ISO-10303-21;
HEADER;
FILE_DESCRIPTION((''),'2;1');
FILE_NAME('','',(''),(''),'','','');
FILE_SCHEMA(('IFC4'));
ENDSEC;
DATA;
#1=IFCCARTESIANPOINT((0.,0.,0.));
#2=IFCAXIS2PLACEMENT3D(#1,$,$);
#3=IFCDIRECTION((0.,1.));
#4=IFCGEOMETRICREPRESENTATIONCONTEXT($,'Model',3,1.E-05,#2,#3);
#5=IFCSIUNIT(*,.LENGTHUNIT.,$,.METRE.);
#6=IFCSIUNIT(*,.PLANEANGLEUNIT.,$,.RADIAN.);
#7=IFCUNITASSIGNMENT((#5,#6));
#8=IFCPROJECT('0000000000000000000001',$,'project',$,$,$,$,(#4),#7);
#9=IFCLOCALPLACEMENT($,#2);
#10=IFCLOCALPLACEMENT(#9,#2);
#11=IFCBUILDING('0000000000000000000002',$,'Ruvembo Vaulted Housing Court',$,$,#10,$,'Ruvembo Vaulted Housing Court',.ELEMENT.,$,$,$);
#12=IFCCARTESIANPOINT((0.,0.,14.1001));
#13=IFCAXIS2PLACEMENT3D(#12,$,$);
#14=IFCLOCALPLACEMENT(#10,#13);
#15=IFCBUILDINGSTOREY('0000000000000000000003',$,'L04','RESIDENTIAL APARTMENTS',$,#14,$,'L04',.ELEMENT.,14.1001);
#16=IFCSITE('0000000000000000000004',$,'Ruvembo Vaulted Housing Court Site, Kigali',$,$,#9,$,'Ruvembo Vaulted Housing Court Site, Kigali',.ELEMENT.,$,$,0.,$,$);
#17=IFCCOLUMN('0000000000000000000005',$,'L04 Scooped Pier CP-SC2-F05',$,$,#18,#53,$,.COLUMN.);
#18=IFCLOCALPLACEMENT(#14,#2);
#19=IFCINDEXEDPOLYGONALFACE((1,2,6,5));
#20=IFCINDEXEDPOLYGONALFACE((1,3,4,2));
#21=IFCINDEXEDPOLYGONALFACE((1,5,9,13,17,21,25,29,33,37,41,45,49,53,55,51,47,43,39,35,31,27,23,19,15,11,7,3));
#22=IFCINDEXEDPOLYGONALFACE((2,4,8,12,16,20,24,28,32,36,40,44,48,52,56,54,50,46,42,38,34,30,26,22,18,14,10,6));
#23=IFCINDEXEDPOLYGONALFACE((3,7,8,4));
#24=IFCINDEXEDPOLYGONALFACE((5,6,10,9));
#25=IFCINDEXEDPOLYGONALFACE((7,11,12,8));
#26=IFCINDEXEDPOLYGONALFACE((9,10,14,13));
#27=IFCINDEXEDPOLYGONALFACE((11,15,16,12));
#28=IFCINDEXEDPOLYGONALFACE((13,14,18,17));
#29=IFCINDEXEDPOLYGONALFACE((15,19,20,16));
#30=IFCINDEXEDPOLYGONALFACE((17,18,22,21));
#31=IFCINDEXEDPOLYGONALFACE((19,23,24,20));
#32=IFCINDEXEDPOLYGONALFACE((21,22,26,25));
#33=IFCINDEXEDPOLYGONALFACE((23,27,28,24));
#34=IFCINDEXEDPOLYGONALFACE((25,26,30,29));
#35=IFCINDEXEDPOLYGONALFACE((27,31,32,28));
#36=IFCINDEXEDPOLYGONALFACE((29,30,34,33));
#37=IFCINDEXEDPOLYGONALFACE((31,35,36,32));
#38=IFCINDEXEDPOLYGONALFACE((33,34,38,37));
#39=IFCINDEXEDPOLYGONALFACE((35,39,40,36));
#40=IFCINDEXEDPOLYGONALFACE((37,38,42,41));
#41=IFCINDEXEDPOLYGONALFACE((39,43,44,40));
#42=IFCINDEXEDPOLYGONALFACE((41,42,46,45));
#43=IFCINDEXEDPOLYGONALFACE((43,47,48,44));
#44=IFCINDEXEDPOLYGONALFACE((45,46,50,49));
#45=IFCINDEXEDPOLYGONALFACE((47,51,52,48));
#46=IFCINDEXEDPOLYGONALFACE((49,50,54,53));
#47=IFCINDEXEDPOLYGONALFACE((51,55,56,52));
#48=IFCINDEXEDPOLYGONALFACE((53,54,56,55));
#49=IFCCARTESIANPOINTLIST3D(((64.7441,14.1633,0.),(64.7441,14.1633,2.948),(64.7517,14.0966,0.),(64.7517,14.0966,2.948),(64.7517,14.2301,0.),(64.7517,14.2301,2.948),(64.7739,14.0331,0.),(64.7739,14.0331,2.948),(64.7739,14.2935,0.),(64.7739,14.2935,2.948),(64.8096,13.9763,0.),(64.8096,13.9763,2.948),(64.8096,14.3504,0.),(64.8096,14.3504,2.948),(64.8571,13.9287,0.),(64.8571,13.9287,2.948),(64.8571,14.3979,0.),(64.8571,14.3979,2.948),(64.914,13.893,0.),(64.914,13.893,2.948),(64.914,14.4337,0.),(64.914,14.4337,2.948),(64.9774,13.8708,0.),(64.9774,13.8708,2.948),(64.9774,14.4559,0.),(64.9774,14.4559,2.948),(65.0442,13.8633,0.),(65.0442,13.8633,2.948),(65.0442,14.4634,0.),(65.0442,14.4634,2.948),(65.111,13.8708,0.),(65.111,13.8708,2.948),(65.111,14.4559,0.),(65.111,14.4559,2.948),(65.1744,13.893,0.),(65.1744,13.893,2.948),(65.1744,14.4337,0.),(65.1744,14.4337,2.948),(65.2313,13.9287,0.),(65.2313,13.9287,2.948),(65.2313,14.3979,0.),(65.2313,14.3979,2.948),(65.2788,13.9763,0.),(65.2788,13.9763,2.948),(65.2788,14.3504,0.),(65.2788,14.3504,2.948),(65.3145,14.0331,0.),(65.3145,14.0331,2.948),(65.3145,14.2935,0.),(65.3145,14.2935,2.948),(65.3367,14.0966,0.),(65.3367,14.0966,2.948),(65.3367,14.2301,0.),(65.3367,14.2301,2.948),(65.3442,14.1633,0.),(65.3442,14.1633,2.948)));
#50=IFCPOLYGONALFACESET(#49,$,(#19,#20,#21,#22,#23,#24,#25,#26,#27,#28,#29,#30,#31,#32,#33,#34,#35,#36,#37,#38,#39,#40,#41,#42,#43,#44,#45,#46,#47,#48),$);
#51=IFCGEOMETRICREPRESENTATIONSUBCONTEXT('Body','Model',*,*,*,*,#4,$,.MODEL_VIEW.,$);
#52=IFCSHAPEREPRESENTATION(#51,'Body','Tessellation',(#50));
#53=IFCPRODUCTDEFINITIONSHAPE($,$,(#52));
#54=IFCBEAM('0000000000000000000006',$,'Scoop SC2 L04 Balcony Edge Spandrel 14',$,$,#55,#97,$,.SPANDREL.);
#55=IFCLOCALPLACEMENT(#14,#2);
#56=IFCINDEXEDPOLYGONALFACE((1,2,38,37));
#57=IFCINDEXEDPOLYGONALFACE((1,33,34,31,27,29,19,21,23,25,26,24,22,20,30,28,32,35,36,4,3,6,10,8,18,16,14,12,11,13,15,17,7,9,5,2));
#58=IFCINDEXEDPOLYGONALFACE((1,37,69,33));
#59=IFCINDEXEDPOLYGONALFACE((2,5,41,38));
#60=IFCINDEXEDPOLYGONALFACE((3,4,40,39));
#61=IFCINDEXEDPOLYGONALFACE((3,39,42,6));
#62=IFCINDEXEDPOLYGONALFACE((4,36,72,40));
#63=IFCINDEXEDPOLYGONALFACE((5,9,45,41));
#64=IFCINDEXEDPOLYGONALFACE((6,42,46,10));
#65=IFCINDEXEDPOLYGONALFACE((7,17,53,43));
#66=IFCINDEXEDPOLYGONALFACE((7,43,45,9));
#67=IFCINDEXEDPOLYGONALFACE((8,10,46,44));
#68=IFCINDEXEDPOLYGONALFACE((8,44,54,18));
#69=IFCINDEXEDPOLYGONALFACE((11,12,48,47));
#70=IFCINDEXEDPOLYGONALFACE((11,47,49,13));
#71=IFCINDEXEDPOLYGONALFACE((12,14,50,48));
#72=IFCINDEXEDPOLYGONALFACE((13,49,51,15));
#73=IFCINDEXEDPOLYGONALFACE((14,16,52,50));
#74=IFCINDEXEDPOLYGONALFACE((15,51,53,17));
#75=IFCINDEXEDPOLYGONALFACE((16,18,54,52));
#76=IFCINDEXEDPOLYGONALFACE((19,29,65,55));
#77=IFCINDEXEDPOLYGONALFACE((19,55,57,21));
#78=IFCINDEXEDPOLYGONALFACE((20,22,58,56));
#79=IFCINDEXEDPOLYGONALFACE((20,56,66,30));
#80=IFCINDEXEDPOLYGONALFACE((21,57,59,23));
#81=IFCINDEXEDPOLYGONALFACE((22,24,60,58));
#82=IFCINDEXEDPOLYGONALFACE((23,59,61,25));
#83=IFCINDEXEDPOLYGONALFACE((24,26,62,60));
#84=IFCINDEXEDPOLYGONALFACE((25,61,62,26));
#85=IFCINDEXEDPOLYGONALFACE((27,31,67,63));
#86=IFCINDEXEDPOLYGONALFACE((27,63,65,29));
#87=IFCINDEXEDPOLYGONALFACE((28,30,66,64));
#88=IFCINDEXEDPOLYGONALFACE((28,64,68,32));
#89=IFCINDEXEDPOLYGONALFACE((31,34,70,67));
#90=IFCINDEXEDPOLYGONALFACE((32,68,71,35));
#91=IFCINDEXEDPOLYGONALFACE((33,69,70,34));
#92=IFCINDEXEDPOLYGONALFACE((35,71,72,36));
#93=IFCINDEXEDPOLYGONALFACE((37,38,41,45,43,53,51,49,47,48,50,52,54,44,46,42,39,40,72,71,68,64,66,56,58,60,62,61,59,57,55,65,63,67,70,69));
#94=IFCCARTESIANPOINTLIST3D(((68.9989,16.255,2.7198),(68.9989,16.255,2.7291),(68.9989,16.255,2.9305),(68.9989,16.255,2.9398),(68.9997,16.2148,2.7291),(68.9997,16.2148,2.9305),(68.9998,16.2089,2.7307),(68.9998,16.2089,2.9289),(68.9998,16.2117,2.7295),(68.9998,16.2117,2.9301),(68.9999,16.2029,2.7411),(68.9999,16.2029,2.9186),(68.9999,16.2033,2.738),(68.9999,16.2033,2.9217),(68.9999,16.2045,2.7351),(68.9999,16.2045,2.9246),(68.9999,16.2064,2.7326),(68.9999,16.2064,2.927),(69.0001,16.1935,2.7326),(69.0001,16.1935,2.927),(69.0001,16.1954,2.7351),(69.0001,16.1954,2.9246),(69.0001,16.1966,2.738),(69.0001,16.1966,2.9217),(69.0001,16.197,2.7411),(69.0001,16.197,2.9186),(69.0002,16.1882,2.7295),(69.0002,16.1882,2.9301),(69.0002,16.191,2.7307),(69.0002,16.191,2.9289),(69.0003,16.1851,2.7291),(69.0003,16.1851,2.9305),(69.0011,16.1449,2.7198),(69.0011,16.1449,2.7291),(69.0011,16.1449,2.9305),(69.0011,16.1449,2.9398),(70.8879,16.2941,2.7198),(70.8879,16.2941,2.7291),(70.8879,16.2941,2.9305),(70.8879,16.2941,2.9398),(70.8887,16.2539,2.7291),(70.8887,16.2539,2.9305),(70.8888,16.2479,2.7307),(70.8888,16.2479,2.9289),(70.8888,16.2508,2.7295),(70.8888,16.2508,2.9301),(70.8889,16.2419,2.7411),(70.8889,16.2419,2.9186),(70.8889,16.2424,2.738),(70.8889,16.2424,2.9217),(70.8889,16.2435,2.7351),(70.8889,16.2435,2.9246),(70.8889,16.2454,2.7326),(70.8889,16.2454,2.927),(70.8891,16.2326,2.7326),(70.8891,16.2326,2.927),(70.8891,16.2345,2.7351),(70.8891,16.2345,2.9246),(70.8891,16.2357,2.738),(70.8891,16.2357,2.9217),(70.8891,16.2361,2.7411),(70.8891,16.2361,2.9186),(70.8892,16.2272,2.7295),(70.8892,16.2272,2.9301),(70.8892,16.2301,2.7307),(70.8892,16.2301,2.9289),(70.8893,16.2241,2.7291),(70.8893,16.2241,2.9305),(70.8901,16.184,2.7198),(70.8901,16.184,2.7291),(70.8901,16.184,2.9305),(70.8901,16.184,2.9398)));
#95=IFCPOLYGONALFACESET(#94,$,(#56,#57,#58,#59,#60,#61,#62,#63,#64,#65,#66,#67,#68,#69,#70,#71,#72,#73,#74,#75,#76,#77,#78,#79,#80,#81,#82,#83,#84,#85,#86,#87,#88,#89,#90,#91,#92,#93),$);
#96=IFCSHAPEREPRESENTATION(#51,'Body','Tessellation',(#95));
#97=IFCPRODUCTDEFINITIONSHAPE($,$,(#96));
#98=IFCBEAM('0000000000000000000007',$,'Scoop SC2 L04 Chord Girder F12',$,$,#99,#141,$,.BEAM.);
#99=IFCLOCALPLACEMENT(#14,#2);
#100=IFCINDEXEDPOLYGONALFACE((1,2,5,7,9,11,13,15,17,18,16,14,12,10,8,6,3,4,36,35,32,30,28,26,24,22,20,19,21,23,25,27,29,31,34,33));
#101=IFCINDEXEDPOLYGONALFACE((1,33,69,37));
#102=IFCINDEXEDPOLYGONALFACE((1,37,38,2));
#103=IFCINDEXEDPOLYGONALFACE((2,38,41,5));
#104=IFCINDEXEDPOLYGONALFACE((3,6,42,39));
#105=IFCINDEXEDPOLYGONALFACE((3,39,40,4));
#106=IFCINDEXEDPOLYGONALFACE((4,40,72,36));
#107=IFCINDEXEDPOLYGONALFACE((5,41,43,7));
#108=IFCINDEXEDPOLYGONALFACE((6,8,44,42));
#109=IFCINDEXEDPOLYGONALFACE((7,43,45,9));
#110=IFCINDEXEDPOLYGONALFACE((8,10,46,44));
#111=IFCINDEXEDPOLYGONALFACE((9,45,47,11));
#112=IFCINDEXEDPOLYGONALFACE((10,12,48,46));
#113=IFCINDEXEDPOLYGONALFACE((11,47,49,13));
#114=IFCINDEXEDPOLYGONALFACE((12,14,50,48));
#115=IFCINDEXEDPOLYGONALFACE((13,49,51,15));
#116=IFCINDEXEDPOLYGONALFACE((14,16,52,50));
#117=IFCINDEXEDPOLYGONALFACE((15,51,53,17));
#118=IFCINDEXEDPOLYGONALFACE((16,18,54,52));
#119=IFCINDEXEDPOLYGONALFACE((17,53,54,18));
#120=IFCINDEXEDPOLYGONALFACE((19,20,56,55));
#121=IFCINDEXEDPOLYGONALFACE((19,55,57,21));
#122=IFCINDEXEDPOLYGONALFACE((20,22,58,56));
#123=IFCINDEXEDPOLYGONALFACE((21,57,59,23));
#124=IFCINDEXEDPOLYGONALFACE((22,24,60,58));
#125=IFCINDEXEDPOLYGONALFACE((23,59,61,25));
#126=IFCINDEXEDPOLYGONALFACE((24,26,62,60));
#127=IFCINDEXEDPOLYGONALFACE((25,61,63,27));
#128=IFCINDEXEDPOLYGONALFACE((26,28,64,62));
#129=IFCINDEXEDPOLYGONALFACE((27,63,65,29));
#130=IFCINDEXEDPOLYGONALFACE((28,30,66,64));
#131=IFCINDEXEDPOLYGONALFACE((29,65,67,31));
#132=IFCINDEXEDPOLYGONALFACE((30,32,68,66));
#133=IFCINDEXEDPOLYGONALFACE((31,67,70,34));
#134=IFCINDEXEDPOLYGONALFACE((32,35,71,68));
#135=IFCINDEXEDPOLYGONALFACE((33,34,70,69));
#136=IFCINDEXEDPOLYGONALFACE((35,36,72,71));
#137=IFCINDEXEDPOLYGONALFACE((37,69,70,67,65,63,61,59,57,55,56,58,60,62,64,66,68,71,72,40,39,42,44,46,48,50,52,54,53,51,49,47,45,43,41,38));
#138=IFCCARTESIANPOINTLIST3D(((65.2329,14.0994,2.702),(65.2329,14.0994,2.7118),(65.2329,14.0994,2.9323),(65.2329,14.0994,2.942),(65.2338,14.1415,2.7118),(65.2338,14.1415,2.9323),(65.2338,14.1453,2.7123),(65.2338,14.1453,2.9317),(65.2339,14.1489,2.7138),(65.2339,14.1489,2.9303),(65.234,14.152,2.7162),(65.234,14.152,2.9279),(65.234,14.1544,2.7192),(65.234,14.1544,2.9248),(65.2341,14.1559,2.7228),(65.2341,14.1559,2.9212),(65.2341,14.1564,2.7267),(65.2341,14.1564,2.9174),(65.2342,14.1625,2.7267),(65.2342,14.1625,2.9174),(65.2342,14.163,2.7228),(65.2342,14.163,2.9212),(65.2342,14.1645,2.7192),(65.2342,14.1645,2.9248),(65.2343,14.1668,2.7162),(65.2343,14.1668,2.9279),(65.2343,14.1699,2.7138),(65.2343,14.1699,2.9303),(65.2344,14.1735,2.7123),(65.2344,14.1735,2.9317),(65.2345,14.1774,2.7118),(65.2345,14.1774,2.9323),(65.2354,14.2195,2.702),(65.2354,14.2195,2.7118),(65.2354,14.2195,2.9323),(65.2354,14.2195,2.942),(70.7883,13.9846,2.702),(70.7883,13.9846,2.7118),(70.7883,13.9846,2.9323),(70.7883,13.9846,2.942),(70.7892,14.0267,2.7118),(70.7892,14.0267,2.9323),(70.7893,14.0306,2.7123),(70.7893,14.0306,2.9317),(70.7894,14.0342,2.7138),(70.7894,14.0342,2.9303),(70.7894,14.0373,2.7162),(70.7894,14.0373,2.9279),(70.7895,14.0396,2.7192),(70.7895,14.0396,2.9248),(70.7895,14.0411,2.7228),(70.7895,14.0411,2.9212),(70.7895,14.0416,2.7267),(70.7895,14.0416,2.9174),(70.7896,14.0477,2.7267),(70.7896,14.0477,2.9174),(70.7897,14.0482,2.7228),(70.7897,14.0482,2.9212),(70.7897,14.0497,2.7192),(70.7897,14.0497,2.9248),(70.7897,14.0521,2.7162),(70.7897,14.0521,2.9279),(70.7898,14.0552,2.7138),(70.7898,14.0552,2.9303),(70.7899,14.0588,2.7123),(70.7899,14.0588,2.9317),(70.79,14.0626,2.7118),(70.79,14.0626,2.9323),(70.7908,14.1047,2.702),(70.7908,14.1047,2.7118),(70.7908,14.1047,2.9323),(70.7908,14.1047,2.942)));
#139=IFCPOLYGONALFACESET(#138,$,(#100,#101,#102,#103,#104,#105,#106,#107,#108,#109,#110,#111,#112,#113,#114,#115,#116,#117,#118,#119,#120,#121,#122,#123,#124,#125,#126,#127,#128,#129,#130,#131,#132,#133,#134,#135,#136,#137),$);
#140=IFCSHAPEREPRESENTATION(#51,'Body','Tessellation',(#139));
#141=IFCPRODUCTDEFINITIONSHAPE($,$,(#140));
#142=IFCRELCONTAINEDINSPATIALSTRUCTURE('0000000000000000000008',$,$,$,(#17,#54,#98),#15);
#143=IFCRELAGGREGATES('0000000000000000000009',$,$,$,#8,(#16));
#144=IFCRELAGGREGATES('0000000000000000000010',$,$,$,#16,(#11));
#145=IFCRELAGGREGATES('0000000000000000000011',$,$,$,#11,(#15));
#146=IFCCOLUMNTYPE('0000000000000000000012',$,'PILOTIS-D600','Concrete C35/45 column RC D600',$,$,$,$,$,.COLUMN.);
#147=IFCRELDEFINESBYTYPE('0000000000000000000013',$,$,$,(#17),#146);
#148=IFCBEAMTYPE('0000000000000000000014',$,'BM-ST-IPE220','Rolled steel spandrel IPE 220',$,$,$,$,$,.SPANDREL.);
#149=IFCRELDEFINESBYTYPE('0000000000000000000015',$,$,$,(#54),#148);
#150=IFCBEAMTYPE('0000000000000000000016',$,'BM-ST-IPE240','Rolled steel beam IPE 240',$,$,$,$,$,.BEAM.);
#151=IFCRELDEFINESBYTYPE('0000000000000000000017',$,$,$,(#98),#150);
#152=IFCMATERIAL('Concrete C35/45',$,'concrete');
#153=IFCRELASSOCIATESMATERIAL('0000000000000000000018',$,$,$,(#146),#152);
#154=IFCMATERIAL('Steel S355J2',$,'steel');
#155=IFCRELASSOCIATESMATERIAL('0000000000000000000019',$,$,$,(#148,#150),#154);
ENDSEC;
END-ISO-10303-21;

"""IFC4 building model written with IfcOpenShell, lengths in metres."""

from ifc_helpers import new_model, si_unit, direction, frame, origin, origin_2d, place, context, subcontext, project, spatial, circle, i_section, extrude, material, material_profile, profile_set, type_object, element, save


model = new_model("IFC4")

# Units and contexts
model_context = context("Model", 3, precision=1e-05, world=origin(), true_north=direction((0.0, 1.0)))
body_context = subcontext(model_context, "Body", "Model", "MODEL_VIEW")
ifc_project = project(units=[si_unit("LENGTHUNIT", "METRE"), si_unit("PLANEANGLEUNIT", "RADIAN")], contexts=[model_context])

# Site, building, storey
site_placement = place(None, origin())
site = spatial("IfcSite", under=ifc_project, at=site_placement, Name="Ruvembo Vaulted Housing Court Site, Kigali", LongName="Ruvembo Vaulted Housing Court Site, Kigali", CompositionType="ELEMENT", RefElevation=0.0)
building_placement = place(site_placement, origin())
building = spatial("IfcBuilding", under=site, at=building_placement, Name="Ruvembo Vaulted Housing Court", LongName="Ruvembo Vaulted Housing Court", CompositionType="ELEMENT")
storey_placement = place(building_placement, frame((0.0, 0.0, 14.1001)))
storey = spatial("IfcBuildingStorey", under=building, at=storey_placement, Name="L04", Description="RESIDENTIAL APARTMENTS", LongName="L04", CompositionType="ELEMENT", Elevation=14.1001)

# Column
ifc_material_1 = material(Name="Concrete C35/45", Category="concrete")
ifc_material_profile_1 = material_profile(ifc_material_1, circle(Radius=0.3, at=origin_2d()), Name="RC D600")
ifc_profile_set_1 = profile_set([ifc_material_profile_1], Name="Concrete C35/45")
column_type = type_object("IfcColumnType", Name="PILOTIS-D600", Description="Concrete C35/45 column RC D600", PredefinedType="COLUMN", material=ifc_profile_set_1)
column_placement = place(storey_placement, frame((65.0442, 14.1633, 0.0), z_axis=(0.0, 0.0, 1.0), x_axis=(1.0, 0.0, 0.0)))
element("IfcColumn", 1, at=column_placement, inside=storey, type_object=column_type, Name="L04 Scooped Pier CP-SC2-F05", PredefinedType="COLUMN", context=body_context, shape_type="SweptSolid", body=[
    extrude(circle(Radius=0.3, at=origin_2d()), origin(), (0.0, 0.0, 1.0), 2.948),
])

# Beams
ifc_material_2 = material(Name="Steel S355J2", Category="steel")
ifc_material_profile_2 = material_profile(ifc_material_2, i_section(OverallWidth=0.1101, OverallDepth=0.22, WebThickness=0.0059, FlangeThickness=0.0093, FilletRadius=0.012, at=origin_2d()), Name="IPE 220")
ifc_profile_set_2 = profile_set([ifc_material_profile_2], Name="Steel S355J2")
beam_type_1 = type_object("IfcBeamType", Name="BM-ST-IPE220", Description="Rolled steel spandrel IPE 220", PredefinedType="SPANDREL", material=ifc_profile_set_2)
beam_1_placement = place(storey_placement, frame((69.0, 16.2, 2.8298), z_axis=(0.999786, 0.020675, 0.0), x_axis=(-0.020675, 0.999786, 0.0)))
element("IfcBeam", 2, at=beam_1_placement, inside=storey, type_object=beam_type_1, Name="Scoop SC2 L04 Balcony Edge Spandrel 14", PredefinedType="SPANDREL", context=body_context, shape_type="SweptSolid", body=[
    extrude(i_section(OverallWidth=0.1101, OverallDepth=0.22, WebThickness=0.0059, FlangeThickness=0.0093, FilletRadius=0.012, at=origin_2d()), origin(), (0.0, 0.0, 1.0), 1.8894),
])
ifc_material_profile_3 = material_profile(ifc_material_2, i_section(OverallWidth=0.1201, OverallDepth=0.24, WebThickness=0.0061, FlangeThickness=0.0098, FilletRadius=0.0149, at=origin_2d()), Name="IPE 240")
ifc_profile_set_3 = profile_set([ifc_material_profile_3], Name="Steel S355J2")
beam_type_2 = type_object("IfcBeamType", Name="BM-ST-IPE240", Description="Rolled steel beam IPE 240", PredefinedType="BEAM", material=ifc_profile_set_3)
beam_2_placement = place(storey_placement, frame((65.2341, 14.1594, 2.822), z_axis=(0.999787, -0.02065, 0.0), x_axis=(0.02065, 0.999787, 0.0)))
element("IfcBeam", 3, at=beam_2_placement, inside=storey, type_object=beam_type_2, Name="Scoop SC2 L04 Chord Girder F12", PredefinedType="BEAM", context=body_context, shape_type="SweptSolid", body=[
    extrude(i_section(OverallWidth=0.1201, OverallDepth=0.24, WebThickness=0.0061, FlangeThickness=0.0098, FilletRadius=0.0149, at=origin_2d()), origin(), (0.0, 0.0, 1.0), 5.5566),
])

save(model, "model.ifc")
